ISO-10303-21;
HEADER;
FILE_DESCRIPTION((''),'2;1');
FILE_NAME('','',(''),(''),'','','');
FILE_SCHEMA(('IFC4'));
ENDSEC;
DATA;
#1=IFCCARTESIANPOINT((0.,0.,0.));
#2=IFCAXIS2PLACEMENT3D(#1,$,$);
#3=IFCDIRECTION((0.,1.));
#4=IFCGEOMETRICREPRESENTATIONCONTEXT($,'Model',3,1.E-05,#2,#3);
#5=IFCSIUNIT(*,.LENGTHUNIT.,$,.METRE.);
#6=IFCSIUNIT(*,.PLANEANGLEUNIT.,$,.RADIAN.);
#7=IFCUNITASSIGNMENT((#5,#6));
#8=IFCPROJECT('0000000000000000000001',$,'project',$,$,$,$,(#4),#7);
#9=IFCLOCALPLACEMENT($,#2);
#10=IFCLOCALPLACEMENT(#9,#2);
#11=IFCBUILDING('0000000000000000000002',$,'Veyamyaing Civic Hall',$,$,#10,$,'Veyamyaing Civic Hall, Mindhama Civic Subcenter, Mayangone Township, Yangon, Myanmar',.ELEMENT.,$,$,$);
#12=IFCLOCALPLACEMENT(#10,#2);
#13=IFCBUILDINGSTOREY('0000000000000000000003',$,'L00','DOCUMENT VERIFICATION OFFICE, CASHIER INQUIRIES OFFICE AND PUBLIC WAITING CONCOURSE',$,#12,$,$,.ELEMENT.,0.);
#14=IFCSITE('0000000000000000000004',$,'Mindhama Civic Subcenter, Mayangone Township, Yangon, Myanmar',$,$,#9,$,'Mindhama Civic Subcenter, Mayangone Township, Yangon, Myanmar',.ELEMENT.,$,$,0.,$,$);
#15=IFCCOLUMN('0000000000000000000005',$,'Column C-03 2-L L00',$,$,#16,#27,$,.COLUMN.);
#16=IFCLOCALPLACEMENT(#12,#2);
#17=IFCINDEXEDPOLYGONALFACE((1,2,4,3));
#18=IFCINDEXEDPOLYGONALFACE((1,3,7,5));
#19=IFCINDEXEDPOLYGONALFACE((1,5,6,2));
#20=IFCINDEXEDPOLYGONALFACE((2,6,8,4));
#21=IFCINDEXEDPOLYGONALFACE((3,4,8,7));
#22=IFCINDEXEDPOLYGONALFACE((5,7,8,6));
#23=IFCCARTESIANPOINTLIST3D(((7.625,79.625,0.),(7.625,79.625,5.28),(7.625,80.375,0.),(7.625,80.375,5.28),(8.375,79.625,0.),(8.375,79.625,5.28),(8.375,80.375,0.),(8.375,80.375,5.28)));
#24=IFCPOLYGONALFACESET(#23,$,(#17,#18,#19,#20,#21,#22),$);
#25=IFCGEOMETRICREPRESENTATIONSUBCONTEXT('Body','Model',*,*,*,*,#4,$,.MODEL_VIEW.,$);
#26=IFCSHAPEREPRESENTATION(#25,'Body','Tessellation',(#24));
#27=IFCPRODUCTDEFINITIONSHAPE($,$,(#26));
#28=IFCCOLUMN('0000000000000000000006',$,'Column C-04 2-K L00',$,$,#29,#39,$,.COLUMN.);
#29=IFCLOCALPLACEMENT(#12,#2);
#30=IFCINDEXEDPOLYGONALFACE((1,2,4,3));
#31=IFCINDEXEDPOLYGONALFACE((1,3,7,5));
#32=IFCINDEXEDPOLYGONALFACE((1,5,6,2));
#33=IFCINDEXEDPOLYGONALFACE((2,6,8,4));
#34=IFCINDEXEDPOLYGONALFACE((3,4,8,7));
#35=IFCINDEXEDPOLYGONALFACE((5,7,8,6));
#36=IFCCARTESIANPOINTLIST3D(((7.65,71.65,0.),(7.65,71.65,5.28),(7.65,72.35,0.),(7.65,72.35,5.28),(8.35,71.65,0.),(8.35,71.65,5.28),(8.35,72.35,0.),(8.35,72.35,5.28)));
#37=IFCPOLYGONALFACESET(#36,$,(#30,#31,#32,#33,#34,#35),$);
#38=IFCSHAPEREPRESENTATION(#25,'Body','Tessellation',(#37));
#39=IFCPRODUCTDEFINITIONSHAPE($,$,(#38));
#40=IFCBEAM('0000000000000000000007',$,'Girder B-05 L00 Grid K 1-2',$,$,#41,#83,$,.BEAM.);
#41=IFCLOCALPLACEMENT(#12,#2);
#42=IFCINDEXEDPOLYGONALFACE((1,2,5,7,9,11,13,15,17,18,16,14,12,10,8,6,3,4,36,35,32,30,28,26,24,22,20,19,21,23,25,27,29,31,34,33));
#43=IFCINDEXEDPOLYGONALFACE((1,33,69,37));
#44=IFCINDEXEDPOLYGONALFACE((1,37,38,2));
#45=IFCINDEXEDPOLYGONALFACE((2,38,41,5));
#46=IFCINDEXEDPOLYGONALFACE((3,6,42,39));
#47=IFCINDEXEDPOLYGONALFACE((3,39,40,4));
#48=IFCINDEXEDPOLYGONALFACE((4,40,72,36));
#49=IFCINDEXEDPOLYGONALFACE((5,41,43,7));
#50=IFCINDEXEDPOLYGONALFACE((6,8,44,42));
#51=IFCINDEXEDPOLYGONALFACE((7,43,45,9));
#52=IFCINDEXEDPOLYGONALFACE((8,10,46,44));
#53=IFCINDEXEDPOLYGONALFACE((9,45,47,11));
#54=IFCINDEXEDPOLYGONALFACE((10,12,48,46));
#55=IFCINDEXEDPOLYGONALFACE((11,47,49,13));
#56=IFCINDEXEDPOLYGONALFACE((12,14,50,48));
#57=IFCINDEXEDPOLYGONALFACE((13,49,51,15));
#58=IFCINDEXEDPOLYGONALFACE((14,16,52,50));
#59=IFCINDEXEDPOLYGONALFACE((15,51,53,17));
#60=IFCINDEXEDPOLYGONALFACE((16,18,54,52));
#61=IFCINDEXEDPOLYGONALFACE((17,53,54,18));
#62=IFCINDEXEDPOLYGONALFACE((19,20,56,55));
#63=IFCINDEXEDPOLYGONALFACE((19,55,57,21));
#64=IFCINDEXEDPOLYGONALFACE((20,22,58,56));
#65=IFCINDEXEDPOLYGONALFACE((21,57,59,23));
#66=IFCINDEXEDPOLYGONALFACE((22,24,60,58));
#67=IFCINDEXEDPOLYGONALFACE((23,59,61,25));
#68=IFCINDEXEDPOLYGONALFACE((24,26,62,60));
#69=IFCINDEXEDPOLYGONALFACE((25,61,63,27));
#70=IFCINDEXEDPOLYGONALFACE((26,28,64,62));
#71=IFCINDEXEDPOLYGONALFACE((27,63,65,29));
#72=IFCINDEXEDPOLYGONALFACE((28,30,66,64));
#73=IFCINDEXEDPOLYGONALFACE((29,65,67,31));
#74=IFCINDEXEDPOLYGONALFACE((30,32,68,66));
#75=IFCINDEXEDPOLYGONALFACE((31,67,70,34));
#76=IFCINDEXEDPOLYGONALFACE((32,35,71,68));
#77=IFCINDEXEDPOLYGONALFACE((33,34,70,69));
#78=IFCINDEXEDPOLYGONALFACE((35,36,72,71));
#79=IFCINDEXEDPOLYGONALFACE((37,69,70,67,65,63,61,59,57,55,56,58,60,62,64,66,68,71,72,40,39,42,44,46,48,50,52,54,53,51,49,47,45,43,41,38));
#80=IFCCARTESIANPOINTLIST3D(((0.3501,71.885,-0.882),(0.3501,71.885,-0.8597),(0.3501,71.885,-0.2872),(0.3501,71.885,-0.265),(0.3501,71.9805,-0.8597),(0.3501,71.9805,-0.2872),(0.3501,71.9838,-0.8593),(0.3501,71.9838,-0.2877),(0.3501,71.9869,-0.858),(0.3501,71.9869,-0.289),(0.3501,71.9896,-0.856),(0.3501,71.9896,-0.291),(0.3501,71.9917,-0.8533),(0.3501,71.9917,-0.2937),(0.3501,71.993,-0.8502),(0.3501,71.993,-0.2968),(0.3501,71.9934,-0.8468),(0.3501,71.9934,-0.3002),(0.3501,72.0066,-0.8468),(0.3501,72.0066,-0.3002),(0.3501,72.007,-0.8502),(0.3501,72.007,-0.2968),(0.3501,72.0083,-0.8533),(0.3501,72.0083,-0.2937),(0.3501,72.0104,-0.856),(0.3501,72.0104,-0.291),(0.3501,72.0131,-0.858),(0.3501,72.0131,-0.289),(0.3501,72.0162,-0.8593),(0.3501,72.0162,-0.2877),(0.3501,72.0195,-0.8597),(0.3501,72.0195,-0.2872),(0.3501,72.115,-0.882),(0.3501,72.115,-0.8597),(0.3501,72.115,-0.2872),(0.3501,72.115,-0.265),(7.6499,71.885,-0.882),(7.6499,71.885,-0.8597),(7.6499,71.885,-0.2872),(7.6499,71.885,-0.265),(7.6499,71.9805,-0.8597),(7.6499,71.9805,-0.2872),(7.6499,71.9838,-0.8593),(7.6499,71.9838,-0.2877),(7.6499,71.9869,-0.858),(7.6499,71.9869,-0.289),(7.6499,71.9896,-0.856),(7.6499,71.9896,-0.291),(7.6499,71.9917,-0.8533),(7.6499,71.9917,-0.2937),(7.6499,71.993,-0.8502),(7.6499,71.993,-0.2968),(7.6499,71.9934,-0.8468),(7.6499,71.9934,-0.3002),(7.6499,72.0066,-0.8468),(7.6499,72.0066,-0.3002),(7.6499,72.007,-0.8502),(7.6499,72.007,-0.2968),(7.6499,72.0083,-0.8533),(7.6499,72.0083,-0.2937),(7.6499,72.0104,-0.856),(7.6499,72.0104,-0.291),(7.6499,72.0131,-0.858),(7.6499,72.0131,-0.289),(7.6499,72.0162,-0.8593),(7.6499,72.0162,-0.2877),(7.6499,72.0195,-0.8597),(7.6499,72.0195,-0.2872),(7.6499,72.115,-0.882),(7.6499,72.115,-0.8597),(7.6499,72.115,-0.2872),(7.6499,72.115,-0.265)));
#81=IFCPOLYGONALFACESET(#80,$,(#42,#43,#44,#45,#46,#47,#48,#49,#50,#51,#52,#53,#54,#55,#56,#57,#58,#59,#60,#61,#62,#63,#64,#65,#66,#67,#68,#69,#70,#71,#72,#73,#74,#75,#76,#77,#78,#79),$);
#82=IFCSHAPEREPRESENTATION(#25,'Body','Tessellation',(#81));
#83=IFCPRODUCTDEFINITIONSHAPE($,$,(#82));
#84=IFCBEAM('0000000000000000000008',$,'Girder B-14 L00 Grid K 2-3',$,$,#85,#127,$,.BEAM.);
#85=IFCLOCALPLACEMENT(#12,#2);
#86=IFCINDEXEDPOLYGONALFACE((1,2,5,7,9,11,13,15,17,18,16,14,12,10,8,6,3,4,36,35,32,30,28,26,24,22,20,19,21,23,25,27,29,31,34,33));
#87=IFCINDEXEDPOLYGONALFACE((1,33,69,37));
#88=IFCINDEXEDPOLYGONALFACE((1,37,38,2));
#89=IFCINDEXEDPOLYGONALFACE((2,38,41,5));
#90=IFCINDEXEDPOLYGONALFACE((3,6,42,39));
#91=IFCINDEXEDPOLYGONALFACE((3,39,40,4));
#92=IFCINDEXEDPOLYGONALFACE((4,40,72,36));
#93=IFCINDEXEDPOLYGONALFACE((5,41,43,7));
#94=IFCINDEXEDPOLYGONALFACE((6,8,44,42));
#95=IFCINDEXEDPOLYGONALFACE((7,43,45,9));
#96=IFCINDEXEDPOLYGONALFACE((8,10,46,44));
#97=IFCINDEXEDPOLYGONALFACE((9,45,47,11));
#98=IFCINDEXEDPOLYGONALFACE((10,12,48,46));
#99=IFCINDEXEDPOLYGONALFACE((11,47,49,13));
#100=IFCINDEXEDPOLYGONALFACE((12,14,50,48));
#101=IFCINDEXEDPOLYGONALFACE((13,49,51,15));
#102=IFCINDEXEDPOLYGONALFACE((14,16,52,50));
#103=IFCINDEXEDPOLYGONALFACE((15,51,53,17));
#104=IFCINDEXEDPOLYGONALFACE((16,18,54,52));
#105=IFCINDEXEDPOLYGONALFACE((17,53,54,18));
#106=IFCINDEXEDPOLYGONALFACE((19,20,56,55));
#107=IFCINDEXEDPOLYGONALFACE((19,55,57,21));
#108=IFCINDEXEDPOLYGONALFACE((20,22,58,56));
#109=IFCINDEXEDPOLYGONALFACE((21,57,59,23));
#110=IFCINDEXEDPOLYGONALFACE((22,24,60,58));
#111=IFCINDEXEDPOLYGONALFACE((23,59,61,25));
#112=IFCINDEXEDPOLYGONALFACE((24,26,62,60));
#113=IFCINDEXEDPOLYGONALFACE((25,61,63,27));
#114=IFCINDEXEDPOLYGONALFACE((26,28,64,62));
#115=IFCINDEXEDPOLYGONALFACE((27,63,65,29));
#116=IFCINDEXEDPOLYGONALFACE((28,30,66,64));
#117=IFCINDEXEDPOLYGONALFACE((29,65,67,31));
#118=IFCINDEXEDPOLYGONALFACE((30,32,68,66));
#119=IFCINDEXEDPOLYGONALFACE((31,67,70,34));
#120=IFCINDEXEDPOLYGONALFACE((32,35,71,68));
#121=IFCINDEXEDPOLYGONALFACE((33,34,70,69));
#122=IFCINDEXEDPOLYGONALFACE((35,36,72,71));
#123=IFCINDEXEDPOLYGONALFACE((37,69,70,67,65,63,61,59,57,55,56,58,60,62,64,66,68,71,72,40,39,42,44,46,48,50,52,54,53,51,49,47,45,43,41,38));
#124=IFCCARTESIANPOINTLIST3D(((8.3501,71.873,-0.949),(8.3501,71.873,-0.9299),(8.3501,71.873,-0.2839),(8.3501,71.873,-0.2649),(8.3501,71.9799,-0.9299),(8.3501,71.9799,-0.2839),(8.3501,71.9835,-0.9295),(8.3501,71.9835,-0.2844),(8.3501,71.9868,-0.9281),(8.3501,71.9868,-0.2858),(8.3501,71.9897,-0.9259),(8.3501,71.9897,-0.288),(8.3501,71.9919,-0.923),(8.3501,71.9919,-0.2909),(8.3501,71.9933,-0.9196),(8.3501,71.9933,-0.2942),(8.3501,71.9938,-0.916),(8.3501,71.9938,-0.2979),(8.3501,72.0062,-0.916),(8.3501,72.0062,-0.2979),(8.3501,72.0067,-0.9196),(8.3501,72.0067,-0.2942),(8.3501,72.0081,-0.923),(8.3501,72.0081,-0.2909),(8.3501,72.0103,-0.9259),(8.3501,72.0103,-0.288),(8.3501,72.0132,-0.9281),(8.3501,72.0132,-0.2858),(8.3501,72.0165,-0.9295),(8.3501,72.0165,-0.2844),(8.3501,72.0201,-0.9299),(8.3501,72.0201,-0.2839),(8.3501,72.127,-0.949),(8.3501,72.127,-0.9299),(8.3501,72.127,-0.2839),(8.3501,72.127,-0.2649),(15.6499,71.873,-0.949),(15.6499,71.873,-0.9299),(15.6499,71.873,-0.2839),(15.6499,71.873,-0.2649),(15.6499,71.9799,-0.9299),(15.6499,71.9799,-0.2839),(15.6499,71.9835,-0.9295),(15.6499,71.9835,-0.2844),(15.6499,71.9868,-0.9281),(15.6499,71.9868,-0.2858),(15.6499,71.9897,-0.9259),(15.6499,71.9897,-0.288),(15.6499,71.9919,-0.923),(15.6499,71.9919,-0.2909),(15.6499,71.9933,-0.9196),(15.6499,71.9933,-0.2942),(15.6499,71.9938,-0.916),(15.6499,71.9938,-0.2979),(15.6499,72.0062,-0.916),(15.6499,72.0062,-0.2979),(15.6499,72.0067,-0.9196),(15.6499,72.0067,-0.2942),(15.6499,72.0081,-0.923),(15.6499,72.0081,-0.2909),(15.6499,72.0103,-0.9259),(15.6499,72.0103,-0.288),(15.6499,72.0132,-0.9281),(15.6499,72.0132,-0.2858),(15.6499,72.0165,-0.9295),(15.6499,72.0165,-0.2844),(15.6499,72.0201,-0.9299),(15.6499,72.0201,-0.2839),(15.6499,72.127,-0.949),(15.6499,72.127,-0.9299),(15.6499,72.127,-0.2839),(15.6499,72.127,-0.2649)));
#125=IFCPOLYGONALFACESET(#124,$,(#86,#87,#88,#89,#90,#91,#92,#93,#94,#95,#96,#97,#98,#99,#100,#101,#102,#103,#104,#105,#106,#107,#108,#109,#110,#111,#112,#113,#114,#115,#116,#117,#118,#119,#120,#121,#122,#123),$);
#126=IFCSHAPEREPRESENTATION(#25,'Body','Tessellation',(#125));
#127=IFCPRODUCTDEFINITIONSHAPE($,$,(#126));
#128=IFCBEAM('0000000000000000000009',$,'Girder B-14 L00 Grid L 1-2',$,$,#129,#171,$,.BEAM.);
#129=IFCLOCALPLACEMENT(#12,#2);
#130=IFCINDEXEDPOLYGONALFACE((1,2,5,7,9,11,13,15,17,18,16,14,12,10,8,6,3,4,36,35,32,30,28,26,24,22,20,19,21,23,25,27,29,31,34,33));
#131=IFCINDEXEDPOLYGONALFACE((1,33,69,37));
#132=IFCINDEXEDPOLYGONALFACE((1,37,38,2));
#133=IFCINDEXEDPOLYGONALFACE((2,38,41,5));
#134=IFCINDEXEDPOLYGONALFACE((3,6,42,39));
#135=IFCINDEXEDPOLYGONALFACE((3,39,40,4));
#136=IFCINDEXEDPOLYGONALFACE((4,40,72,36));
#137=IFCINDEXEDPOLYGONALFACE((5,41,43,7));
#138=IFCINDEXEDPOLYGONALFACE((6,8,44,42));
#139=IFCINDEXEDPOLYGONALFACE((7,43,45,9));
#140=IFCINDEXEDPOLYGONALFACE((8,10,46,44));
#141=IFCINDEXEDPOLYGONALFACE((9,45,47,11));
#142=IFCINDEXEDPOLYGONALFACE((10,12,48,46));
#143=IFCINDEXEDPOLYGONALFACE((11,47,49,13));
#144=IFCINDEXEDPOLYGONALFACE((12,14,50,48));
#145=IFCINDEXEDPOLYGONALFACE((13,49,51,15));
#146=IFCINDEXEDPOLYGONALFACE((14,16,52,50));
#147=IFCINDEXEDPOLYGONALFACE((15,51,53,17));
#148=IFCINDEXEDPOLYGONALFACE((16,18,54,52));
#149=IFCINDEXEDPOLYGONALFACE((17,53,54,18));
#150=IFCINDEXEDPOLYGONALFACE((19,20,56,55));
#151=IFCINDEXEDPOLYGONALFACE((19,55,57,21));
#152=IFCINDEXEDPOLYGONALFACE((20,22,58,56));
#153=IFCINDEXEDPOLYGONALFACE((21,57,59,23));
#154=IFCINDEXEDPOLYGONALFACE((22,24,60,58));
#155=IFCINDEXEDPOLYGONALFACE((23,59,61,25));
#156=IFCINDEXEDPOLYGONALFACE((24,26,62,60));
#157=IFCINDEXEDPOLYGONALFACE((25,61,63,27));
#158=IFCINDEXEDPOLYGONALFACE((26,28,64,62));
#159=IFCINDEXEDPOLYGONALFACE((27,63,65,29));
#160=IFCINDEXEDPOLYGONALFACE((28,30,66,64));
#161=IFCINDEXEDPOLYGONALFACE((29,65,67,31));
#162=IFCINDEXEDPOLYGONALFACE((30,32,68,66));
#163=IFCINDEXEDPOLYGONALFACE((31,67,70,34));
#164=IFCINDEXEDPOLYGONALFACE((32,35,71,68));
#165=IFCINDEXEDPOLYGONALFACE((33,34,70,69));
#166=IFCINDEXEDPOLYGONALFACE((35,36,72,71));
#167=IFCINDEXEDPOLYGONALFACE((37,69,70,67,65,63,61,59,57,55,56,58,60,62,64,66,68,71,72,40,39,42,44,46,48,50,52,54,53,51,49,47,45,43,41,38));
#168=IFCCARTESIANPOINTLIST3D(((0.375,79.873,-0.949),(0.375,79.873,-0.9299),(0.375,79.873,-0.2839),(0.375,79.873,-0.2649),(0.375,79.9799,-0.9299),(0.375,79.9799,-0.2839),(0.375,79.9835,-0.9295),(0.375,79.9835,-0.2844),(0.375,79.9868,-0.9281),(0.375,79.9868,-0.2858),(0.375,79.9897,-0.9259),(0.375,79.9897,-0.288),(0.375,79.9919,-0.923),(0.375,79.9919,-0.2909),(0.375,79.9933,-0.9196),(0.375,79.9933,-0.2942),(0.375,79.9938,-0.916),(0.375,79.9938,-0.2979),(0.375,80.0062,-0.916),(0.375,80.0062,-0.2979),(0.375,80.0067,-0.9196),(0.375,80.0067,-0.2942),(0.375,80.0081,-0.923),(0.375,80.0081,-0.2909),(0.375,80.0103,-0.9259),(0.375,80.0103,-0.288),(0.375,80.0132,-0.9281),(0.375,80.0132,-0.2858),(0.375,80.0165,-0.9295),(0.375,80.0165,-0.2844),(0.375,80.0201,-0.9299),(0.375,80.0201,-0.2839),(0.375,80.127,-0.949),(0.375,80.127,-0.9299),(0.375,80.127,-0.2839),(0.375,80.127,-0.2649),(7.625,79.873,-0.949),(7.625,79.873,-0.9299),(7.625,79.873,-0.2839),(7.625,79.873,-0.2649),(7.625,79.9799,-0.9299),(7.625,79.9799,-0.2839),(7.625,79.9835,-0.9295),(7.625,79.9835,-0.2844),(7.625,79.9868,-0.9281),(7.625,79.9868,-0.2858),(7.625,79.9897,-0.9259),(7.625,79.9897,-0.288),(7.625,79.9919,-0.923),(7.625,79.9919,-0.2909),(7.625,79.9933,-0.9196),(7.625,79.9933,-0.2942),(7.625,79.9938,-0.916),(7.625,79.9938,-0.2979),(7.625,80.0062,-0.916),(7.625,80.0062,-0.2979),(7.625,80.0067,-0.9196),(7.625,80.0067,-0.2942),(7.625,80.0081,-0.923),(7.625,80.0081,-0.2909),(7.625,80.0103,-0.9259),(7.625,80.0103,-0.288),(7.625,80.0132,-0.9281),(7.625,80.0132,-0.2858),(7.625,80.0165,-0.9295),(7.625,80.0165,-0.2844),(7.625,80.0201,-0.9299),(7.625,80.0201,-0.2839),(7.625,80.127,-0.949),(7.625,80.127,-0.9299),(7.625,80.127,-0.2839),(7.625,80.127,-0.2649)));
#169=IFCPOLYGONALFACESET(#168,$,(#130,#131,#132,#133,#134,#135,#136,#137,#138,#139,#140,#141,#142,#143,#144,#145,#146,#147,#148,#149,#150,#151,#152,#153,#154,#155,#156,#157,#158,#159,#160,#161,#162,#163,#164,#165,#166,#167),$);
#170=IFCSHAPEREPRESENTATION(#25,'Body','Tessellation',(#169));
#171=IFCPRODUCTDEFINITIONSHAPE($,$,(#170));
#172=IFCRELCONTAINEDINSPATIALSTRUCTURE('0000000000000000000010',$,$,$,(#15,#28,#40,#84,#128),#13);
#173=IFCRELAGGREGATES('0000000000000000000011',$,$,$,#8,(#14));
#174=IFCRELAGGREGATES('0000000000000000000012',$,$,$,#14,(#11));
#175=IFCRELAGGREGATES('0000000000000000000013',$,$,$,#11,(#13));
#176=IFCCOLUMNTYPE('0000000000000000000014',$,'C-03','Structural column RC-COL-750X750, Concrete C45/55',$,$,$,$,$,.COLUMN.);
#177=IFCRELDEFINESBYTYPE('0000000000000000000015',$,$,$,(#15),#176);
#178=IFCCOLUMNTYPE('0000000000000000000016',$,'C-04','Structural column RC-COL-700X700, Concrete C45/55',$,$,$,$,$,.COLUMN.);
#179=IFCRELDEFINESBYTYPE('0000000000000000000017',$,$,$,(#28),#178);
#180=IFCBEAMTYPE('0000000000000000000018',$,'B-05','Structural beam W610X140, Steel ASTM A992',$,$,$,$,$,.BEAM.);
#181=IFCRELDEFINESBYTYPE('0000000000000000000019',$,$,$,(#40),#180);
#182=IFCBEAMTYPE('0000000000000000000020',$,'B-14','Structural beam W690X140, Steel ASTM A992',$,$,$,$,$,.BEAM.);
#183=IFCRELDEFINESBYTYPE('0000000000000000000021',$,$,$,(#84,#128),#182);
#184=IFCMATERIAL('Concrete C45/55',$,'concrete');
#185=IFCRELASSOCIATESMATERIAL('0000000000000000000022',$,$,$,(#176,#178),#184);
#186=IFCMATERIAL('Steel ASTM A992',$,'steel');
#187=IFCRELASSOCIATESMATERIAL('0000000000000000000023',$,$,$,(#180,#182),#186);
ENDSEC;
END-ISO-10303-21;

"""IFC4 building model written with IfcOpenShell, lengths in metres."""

from ifc_helpers import new_model, si_unit, direction, frame, origin, origin_2d, place, context, subcontext, project, spatial, rectangle, i_section, extrude, material, material_profile, profile_set, type_object, element, save


model = new_model("IFC4")

# Units and contexts
model_context = context("Model", 3, precision=1e-05, world=origin(), true_north=direction((0.0, 1.0)))
body_context = subcontext(model_context, "Body", "Model", "MODEL_VIEW")
ifc_project = project(units=[si_unit("LENGTHUNIT", "METRE"), si_unit("PLANEANGLEUNIT", "RADIAN")], contexts=[model_context])

# Site, building, storey
site_placement = place(None, origin())
site = spatial("IfcSite", under=ifc_project, at=site_placement, Name="Mindhama Civic Subcenter, Mayangone Township, Yangon, Myanmar", LongName="Mindhama Civic Subcenter, Mayangone Township, Yangon, Myanmar", CompositionType="ELEMENT", RefElevation=0.0)
building_placement = place(site_placement, origin())
building = spatial("IfcBuilding", under=site, at=building_placement, Name="Veyamyaing Civic Hall", LongName="Veyamyaing Civic Hall, Mindhama Civic Subcenter, Mayangone Township, Yangon, Myanmar", CompositionType="ELEMENT")
storey_placement = place(building_placement, origin())
storey = spatial("IfcBuildingStorey", under=building, at=storey_placement, Name="L00", Description="DOCUMENT VERIFICATION OFFICE, CASHIER INQUIRIES OFFICE AND PUBLIC WAITING CONCOURSE", CompositionType="ELEMENT", Elevation=0.0)

# Columns
ifc_material_1 = material(Name="Concrete C45/55", Category="concrete")
ifc_material_profile_1 = material_profile(ifc_material_1, rectangle(XDim=0.75, YDim=0.75, at=origin_2d()), Name="RC-COL-750X750")
ifc_profile_set_1 = profile_set([ifc_material_profile_1], Name="Concrete C45/55")
column_type_1 = type_object("IfcColumnType", Name="C-03", Description="Structural column RC-COL-750X750, Concrete C45/55", PredefinedType="COLUMN", material=ifc_profile_set_1)
column_1_placement = place(storey_placement, frame((8.0, 80.0, 0.0), z_axis=(0.0, 0.0, 1.0), x_axis=(1.0, 0.0, 0.0)))
element("IfcColumn", 1, at=column_1_placement, inside=storey, type_object=column_type_1, Name="Column C-03 2-L L00", PredefinedType="COLUMN", context=body_context, shape_type="SweptSolid", body=[
    extrude(rectangle(XDim=0.75, YDim=0.75, at=origin_2d()), origin(), (0.0, 0.0, 1.0), 5.28),
])
ifc_material_profile_2 = material_profile(ifc_material_1, rectangle(XDim=0.7, YDim=0.7, at=origin_2d()), Name="RC-COL-700X700")
ifc_profile_set_2 = profile_set([ifc_material_profile_2], Name="Concrete C45/55")
column_type_2 = type_object("IfcColumnType", Name="C-04", Description="Structural column RC-COL-700X700, Concrete C45/55", PredefinedType="COLUMN", material=ifc_profile_set_2)
column_2_placement = place(storey_placement, frame((8.0, 72.0, 0.0), z_axis=(0.0, 0.0, 1.0), x_axis=(1.0, 0.0, 0.0)))
element("IfcColumn", 2, at=column_2_placement, inside=storey, type_object=column_type_2, Name="Column C-04 2-K L00", PredefinedType="COLUMN", context=body_context, shape_type="SweptSolid", body=[
    extrude(rectangle(XDim=0.7, YDim=0.7, at=origin_2d()), origin(), (0.0, 0.0, 1.0), 5.28),
])

# Beams
ifc_material_2 = material(Name="Steel ASTM A992", Category="steel")
ifc_material_profile_3 = material_profile(ifc_material_2, i_section(OverallWidth=0.23, OverallDepth=0.6169, WebThickness=0.0132, FlangeThickness=0.0222, FilletRadius=0.0129, at=origin_2d()), Name="W610X140")
ifc_profile_set_3 = profile_set([ifc_material_profile_3], Name="Steel ASTM A992")
beam_type_1 = type_object("IfcBeamType", Name="B-05", Description="Structural beam W610X140, Steel ASTM A992", PredefinedType="BEAM", material=ifc_profile_set_3)
beam_1_placement = place(storey_placement, frame((0.3501, 72.0, -0.5735), z_axis=(1.0, 0.0, 0.0), x_axis=(0.0, 1.0, 0.0)))
element("IfcBeam", 3, at=beam_1_placement, inside=storey, type_object=beam_type_1, Name="Girder B-05 L00 Grid K 1-2", PredefinedType="BEAM", context=body_context, shape_type="SweptSolid", body=[
    extrude(i_section(OverallWidth=0.23, OverallDepth=0.6169, WebThickness=0.0132, FlangeThickness=0.0222, FilletRadius=0.0129, at=origin_2d()), origin(), (0.0, 0.0, 1.0), 7.2998),
])
ifc_material_profile_4 = material_profile(ifc_material_2, i_section(OverallWidth=0.2539, OverallDepth=0.6841, WebThickness=0.0125, FlangeThickness=0.019, FilletRadius=0.0139, at=origin_2d()), Name="W690X140")
ifc_profile_set_4 = profile_set([ifc_material_profile_4], Name="Steel ASTM A992")
beam_type_2 = type_object("IfcBeamType", Name="B-14", Description="Structural beam W690X140, Steel ASTM A992", PredefinedType="BEAM", material=ifc_profile_set_4)
beam_2_placement = place(storey_placement, frame((8.3501, 72.0, -0.6069), z_axis=(1.0, 0.0, 0.0), x_axis=(0.0, 1.0, 0.0)))
element("IfcBeam", 4, at=beam_2_placement, inside=storey, type_object=beam_type_2, Name="Girder B-14 L00 Grid K 2-3", PredefinedType="BEAM", context=body_context, shape_type="SweptSolid", body=[
    extrude(i_section(OverallWidth=0.2539, OverallDepth=0.6841, WebThickness=0.0125, FlangeThickness=0.019, FilletRadius=0.0139, at=origin_2d()), origin(), (0.0, 0.0, 1.0), 7.2998),
])
beam_3_placement = place(storey_placement, frame((0.375, 80.0, -0.6069), z_axis=(1.0, 0.0, 0.0), x_axis=(0.0, 1.0, 0.0)))
element("IfcBeam", 5, at=beam_3_placement, inside=storey, type_object=beam_type_2, Name="Girder B-14 L00 Grid L 1-2", PredefinedType="BEAM", context=body_context, shape_type="SweptSolid", body=[
    extrude(i_section(OverallWidth=0.2539, OverallDepth=0.6841, WebThickness=0.0125, FlangeThickness=0.019, FilletRadius=0.0139, at=origin_2d()), origin(), (0.0, 0.0, 1.0), 7.25),
])

save(model, "model.ifc")
